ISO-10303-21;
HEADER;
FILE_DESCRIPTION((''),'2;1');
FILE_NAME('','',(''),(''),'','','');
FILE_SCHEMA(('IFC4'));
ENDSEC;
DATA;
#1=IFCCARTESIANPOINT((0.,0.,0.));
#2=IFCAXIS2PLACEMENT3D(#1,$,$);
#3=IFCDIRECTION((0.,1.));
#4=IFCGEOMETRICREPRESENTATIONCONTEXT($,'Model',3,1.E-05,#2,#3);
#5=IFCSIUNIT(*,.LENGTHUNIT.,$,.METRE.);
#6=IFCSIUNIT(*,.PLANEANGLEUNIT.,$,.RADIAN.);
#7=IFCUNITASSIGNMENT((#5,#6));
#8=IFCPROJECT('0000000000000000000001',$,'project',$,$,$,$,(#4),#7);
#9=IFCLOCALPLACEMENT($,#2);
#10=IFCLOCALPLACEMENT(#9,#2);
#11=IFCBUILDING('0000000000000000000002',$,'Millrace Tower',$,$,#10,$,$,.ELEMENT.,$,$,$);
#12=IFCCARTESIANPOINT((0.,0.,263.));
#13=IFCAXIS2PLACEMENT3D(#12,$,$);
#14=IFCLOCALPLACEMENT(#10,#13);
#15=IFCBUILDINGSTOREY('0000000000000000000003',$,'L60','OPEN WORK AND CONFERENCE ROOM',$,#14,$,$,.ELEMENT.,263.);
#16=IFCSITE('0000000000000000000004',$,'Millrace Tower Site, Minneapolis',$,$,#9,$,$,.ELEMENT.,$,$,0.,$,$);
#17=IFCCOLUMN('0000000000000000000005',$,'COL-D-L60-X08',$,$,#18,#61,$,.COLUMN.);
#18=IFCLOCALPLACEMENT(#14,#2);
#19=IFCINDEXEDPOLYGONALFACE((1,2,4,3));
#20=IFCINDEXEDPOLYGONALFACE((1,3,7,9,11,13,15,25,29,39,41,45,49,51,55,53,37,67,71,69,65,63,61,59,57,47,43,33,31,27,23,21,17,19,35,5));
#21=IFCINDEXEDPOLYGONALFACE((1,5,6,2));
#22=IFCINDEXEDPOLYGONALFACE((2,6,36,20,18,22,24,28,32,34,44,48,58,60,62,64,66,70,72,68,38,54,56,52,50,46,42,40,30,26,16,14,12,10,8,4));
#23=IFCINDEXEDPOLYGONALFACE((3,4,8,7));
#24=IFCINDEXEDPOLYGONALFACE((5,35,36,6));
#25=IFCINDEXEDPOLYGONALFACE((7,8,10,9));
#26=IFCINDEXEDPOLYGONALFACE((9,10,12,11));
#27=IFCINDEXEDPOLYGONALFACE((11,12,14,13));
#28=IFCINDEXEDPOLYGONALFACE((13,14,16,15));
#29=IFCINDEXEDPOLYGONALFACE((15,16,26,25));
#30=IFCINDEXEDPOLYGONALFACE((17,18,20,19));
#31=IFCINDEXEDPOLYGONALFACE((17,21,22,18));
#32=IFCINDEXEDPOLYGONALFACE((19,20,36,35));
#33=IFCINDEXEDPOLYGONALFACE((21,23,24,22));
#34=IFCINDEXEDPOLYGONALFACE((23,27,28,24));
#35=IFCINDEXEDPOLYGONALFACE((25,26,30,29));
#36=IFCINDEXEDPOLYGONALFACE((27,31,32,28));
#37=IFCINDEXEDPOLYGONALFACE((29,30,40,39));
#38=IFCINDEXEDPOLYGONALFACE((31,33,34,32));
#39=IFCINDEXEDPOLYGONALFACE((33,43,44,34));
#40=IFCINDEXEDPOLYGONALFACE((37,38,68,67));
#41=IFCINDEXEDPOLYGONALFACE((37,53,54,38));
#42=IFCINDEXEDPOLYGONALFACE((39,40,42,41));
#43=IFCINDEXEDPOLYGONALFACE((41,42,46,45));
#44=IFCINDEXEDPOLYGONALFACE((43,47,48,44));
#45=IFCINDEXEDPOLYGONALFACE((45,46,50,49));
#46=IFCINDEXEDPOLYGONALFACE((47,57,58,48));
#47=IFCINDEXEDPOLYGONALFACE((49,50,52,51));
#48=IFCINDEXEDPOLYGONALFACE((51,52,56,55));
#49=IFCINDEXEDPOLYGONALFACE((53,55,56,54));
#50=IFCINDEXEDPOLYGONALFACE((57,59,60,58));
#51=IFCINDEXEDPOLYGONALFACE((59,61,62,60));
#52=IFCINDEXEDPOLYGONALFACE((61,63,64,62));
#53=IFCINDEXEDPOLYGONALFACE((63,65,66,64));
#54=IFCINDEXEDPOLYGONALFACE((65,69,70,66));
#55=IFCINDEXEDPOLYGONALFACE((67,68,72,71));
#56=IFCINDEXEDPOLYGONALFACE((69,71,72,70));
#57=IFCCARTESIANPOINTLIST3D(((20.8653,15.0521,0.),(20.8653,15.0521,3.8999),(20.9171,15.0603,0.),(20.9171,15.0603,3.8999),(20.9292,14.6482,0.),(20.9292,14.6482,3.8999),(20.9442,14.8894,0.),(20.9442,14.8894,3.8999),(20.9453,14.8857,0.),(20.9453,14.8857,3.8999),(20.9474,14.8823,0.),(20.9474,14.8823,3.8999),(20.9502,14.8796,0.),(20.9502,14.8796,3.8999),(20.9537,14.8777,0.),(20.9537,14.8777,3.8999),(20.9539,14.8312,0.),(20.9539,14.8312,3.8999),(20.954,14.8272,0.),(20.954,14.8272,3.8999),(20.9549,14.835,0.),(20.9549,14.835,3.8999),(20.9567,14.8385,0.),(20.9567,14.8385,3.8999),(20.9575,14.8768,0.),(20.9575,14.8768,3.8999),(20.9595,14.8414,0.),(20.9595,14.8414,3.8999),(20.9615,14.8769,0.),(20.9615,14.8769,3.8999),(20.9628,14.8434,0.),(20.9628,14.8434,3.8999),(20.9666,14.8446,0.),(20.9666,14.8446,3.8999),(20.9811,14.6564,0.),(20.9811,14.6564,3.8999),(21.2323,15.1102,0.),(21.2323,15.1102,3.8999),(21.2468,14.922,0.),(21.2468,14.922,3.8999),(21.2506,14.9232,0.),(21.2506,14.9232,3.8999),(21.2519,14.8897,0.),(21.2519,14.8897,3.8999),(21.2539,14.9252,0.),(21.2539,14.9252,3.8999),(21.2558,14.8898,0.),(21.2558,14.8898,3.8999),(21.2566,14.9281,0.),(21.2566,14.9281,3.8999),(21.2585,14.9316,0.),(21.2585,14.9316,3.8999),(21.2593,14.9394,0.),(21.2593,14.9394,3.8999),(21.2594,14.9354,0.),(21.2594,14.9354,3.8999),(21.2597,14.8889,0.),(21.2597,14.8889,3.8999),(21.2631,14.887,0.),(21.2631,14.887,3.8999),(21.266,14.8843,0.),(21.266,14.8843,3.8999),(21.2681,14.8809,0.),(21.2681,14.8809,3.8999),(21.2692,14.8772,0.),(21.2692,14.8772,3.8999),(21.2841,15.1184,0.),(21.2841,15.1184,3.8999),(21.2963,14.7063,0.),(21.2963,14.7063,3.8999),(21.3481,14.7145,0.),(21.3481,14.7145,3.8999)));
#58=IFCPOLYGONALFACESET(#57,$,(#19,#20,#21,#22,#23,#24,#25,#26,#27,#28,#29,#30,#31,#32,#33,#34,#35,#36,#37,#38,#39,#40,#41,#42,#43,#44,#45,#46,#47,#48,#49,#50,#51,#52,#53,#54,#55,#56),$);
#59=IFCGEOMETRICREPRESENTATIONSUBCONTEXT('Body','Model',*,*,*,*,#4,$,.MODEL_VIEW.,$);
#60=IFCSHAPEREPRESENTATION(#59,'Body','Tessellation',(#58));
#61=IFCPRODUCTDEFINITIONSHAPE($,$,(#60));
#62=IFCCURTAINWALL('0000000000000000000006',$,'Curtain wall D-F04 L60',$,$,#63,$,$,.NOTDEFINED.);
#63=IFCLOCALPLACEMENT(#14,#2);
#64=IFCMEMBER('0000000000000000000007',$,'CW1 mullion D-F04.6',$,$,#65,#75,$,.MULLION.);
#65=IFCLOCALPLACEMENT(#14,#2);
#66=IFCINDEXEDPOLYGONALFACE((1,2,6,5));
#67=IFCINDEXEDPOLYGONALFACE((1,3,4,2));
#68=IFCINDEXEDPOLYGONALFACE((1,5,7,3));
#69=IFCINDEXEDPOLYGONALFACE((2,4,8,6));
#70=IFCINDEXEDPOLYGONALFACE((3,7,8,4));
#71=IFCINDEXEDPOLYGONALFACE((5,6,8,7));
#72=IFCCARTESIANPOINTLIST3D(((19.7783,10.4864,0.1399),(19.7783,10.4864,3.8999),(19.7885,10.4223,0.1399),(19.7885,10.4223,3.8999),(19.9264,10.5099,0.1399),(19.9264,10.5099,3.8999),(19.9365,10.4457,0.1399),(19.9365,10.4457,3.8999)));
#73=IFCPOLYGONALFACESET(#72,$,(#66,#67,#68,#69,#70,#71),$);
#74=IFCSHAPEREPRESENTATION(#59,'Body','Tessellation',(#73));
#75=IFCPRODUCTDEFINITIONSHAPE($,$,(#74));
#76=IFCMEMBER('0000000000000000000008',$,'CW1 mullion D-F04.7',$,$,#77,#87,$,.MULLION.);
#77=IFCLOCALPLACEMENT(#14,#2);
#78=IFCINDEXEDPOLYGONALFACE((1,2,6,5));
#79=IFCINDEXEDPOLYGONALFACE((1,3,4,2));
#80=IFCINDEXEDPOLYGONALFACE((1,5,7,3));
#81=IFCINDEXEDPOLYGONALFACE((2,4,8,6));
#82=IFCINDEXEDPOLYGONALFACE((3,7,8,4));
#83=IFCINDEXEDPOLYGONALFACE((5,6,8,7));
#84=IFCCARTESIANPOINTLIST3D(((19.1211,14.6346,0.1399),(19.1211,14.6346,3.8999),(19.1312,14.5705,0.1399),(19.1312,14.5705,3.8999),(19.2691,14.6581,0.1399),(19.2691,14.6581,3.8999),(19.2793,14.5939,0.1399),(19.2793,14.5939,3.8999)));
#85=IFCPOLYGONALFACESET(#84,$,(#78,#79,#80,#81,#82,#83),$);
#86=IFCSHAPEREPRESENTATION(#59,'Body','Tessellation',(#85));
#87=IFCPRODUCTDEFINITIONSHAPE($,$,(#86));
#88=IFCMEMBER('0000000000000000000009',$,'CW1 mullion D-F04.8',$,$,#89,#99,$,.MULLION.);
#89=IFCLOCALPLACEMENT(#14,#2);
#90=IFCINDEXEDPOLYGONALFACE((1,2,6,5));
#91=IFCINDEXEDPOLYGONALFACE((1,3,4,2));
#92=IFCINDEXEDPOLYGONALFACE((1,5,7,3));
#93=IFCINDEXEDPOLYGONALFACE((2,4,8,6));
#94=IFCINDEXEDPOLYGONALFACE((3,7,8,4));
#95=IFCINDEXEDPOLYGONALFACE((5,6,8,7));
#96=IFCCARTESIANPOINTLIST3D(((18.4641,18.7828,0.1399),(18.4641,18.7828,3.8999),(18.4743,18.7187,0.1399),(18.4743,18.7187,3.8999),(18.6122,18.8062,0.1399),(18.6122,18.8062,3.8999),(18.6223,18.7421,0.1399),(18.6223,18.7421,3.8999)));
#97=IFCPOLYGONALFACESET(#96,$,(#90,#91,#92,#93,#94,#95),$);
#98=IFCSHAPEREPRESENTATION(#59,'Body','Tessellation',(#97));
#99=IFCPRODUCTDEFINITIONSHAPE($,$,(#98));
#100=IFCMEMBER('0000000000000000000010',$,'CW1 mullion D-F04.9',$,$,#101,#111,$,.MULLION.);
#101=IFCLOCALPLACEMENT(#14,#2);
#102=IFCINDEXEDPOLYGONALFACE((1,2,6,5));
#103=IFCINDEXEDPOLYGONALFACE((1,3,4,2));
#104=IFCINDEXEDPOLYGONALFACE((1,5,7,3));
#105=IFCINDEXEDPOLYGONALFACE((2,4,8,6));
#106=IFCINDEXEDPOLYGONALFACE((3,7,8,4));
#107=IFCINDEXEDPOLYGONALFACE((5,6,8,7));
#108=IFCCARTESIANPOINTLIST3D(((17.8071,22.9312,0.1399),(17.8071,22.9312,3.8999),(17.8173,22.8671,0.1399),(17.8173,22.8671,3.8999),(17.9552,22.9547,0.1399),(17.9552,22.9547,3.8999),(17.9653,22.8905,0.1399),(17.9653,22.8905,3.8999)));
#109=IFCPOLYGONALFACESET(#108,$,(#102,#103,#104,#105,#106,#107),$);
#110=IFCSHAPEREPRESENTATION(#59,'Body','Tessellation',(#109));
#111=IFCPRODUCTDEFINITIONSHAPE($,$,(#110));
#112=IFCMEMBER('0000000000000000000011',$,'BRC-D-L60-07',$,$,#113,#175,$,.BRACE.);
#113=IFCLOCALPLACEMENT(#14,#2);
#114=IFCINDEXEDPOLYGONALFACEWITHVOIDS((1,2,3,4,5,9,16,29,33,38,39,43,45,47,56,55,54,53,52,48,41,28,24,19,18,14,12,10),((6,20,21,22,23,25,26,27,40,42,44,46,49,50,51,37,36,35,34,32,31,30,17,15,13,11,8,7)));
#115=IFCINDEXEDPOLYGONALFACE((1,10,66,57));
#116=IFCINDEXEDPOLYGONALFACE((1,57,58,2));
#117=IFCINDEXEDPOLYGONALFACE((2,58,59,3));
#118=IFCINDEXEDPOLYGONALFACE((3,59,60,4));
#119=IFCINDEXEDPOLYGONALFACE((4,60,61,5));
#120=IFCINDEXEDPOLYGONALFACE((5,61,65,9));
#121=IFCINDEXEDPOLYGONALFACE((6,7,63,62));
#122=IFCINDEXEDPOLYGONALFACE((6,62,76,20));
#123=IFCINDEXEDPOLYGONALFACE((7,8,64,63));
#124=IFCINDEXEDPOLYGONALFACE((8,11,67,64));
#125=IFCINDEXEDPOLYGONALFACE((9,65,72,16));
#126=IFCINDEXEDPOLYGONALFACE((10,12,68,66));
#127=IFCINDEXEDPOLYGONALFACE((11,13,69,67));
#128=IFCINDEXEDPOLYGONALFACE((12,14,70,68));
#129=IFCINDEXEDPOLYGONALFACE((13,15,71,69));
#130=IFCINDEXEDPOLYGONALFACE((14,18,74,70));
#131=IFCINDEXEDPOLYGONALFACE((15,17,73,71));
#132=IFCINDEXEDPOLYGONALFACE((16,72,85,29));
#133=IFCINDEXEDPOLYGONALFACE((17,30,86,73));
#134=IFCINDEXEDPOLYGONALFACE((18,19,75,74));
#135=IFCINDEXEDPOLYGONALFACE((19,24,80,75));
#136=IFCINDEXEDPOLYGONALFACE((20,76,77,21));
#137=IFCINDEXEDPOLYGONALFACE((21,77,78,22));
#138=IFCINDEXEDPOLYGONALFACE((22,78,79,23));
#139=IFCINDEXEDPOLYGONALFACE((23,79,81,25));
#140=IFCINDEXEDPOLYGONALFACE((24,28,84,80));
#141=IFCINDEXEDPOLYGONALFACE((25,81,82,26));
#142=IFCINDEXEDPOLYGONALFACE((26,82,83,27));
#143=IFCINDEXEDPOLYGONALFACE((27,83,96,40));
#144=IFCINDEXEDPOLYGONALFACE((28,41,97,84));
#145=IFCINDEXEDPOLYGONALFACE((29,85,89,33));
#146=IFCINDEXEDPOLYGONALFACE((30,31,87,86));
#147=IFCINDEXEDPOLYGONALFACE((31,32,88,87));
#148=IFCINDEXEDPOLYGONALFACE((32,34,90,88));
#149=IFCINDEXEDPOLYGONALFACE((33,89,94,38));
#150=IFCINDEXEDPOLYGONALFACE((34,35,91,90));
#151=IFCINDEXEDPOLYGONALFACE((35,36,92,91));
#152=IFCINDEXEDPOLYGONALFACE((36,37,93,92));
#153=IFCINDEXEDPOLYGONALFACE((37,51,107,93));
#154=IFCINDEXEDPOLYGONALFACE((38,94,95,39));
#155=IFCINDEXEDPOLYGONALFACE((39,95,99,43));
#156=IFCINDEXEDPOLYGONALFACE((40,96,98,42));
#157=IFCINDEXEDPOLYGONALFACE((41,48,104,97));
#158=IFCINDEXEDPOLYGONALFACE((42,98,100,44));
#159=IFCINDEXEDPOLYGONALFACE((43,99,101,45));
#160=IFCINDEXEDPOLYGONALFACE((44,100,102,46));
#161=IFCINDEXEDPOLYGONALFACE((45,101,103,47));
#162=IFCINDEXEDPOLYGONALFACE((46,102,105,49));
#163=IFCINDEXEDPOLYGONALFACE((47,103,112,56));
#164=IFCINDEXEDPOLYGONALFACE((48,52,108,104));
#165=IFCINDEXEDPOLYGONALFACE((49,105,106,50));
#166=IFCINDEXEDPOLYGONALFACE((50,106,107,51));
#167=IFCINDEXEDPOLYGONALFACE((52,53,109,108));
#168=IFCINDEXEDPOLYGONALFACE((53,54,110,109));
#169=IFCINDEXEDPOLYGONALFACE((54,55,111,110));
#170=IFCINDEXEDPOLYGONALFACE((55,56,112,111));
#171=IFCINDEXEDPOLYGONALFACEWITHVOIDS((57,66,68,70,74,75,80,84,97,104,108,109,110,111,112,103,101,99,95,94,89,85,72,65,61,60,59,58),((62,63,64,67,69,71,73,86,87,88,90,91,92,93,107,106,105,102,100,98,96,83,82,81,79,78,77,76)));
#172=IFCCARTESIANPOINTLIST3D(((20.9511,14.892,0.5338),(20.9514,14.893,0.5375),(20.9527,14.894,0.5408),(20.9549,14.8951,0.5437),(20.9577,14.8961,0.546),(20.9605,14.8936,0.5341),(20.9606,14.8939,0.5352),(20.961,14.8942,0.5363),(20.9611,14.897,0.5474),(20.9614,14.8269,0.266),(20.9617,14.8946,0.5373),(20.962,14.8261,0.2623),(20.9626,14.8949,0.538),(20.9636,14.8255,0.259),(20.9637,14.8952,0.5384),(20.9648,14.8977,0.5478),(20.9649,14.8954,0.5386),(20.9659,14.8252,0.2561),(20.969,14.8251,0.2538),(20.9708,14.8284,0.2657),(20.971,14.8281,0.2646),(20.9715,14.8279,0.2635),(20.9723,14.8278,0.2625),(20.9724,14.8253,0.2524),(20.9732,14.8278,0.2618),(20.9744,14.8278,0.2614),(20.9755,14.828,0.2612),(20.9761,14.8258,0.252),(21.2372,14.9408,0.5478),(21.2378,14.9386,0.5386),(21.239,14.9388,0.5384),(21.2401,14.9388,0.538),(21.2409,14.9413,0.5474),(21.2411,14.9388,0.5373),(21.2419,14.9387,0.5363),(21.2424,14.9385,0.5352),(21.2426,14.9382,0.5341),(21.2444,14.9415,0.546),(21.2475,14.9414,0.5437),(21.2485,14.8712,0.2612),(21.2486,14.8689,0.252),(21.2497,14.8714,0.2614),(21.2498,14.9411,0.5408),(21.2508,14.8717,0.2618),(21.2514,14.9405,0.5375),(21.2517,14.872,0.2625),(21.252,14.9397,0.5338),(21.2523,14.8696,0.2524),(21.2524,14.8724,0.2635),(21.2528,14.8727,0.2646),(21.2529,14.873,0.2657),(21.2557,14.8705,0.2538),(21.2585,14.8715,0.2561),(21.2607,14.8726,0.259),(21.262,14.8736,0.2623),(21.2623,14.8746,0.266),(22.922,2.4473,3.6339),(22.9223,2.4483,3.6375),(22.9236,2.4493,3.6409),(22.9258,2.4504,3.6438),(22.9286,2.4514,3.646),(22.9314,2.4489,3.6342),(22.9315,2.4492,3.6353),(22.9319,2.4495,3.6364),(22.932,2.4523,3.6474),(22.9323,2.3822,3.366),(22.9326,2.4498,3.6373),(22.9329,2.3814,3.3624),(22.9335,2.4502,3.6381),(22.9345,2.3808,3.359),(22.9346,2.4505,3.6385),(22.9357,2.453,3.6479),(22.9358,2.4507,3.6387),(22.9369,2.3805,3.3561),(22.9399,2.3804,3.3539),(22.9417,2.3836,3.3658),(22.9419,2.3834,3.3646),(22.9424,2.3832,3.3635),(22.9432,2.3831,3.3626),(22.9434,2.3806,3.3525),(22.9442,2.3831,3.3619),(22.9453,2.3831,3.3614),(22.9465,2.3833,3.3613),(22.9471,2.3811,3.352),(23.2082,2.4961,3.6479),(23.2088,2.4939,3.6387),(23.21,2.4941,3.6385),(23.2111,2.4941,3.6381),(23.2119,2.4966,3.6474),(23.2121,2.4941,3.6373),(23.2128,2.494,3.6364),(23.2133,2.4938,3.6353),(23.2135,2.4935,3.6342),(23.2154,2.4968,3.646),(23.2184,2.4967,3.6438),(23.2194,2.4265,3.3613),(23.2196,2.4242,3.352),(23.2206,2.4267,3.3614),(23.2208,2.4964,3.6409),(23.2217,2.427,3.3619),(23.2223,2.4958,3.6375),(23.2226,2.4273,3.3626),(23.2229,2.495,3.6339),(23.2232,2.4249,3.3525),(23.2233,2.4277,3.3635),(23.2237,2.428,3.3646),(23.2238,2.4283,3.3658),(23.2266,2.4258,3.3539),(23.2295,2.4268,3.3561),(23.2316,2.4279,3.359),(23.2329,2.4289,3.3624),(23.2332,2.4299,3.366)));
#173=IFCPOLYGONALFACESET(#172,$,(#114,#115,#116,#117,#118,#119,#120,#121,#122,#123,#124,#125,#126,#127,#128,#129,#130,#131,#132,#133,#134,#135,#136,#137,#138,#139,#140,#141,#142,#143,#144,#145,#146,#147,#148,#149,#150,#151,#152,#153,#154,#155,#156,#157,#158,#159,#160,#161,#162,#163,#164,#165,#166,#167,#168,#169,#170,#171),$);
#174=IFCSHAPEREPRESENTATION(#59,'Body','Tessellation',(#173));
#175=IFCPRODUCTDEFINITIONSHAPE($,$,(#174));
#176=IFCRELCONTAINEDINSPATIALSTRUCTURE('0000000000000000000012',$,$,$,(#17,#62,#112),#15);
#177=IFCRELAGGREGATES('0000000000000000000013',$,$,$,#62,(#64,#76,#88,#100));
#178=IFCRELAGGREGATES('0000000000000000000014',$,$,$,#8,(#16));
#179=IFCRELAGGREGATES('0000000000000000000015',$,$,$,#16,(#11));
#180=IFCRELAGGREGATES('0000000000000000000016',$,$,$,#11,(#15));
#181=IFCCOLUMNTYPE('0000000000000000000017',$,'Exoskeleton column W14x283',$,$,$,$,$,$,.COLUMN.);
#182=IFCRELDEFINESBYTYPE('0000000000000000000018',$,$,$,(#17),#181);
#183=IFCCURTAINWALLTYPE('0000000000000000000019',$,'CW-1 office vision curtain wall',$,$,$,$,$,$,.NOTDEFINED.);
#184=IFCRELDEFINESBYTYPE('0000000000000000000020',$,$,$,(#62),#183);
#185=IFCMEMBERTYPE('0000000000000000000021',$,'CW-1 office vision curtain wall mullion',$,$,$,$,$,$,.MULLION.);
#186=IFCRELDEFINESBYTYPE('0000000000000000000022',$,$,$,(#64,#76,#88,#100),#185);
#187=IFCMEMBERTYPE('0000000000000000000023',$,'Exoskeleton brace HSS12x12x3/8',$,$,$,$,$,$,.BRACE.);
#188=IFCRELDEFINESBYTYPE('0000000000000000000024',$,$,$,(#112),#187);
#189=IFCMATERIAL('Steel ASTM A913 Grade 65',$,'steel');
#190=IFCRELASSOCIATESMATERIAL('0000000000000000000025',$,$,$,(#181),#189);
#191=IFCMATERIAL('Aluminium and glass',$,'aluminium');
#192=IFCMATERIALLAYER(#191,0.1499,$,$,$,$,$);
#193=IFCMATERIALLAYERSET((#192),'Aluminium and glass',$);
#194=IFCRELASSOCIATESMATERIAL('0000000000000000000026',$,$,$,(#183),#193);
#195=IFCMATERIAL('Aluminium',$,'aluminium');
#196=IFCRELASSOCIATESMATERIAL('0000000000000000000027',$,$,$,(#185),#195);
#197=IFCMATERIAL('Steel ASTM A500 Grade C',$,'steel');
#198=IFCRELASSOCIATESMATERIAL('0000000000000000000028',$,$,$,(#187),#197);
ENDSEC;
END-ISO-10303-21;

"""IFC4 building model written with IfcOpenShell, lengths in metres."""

from ifc_helpers import new_model, si_unit, direction, frame, origin, origin_2d, place, context, subcontext, project, spatial, rectangle, hollow_rectangle, i_section, extrude, material, layer, layer_set, material_profile, profile_set, type_object, element, aggregate, save


model = new_model("IFC4")

# Units and contexts
model_context = context("Model", 3, precision=1e-05, world=origin(), true_north=direction((0.0, 1.0)))
body_context = subcontext(model_context, "Body", "Model", "MODEL_VIEW")
ifc_project = project(units=[si_unit("LENGTHUNIT", "METRE"), si_unit("PLANEANGLEUNIT", "RADIAN")], contexts=[model_context])

# Site, building, storey
site_placement = place(None, origin())
site = spatial("IfcSite", under=ifc_project, at=site_placement, Name="Millrace Tower Site, Minneapolis", CompositionType="ELEMENT", RefElevation=0.0)
building_placement = place(site_placement, origin())
building = spatial("IfcBuilding", under=site, at=building_placement, Name="Millrace Tower", CompositionType="ELEMENT")
storey_placement = place(building_placement, frame((0.0, 0.0, 263.0)))
storey = spatial("IfcBuildingStorey", under=building, at=storey_placement, Name="L60", Description="OPEN WORK AND CONFERENCE ROOM", CompositionType="ELEMENT", Elevation=263.0)

# Column
ifc_material_1 = material(Name="Steel ASTM A913 Grade 65", Category="steel")
ifc_material_profile_1 = material_profile(ifc_material_1, i_section(OverallWidth=0.4089, OverallDepth=0.4241, WebThickness=0.0327, FlangeThickness=0.0525, FilletRadius=0.0151, at=origin_2d()))
ifc_profile_set_1 = profile_set([ifc_material_profile_1], Name="Steel ASTM A913 Grade 65")
column_type = type_object("IfcColumnType", Name="Exoskeleton column W14x283", PredefinedType="COLUMN", material=ifc_profile_set_1)
column_placement = place(storey_placement, frame((21.1067, 14.8833, 0.0), z_axis=(0.0, 0.0, 1.0), x_axis=(-0.156434, 0.987688, 0.0)))
element("IfcColumn", 1, at=column_placement, inside=storey, type_object=column_type, Name="COL-D-L60-X08", PredefinedType="COLUMN", context=body_context, shape_type="SweptSolid", body=[
    extrude(i_section(OverallWidth=0.4089, OverallDepth=0.4241, WebThickness=0.0327, FlangeThickness=0.0525, FilletRadius=0.0151, at=origin_2d()), origin(), (0.0, 0.0, 1.0), 3.8999),
])

# Curtain wall, members
ifc_material_2 = material(Name="Aluminium and glass", Category="aluminium")
ifc_layer_1 = layer(ifc_material_2, 0.1499)
ifc_layer_set_1 = layer_set([ifc_layer_1], Name="Aluminium and glass")
curtain_wall_type = type_object("IfcCurtainWallType", Name="CW-1 office vision curtain wall", PredefinedType="NOTDEFINED", material=ifc_layer_set_1)
curtain_wall_placement = place(storey_placement, origin())
curtain_wall = element("IfcCurtainWall", 2, at=curtain_wall_placement, inside=storey, type_object=curtain_wall_type, Name="Curtain wall D-F04 L60", PredefinedType="NOTDEFINED")
ifc_material_3 = material(Name="Aluminium", Category="aluminium")
ifc_material_profile_2 = material_profile(ifc_material_3, rectangle(XDim=0.0649, YDim=0.1499, at=origin_2d()))
ifc_profile_set_2 = profile_set([ifc_material_profile_2], Name="Aluminium")
member_type_1 = type_object("IfcMemberType", Name="CW-1 office vision curtain wall mullion", PredefinedType="MULLION", material=ifc_profile_set_2)
member_1_placement = place(storey_placement, frame((19.8574, 10.4661, 0.1399), z_axis=(0.0, 0.0, 1.0), x_axis=(-0.156434, 0.987688, 0.0)))
member_1 = element("IfcMember", 3, at=member_1_placement, type_object=member_type_1, Name="CW1 mullion D-F04.6", PredefinedType="MULLION", context=body_context, shape_type="SweptSolid", body=[
    extrude(rectangle(XDim=0.0649, YDim=0.1499, at=origin_2d()), origin(), (0.0, 0.0, 1.0), 3.76),
])
member_2_placement = place(storey_placement, frame((19.2002, 14.6143, 0.1399), z_axis=(0.0, 0.0, 1.0), x_axis=(-0.156434, 0.987688, 0.0)))
member_2 = element("IfcMember", 4, at=member_2_placement, type_object=member_type_1, Name="CW1 mullion D-F04.7", PredefinedType="MULLION", context=body_context, shape_type="SweptSolid", body=[
    extrude(rectangle(XDim=0.0649, YDim=0.1499, at=origin_2d()), origin(), (0.0, 0.0, 1.0), 3.76),
])
member_3_placement = place(storey_placement, frame((18.5432, 18.7625, 0.1399), z_axis=(0.0, 0.0, 1.0), x_axis=(-0.156434, 0.987688, 0.0)))
member_3 = element("IfcMember", 5, at=member_3_placement, type_object=member_type_1, Name="CW1 mullion D-F04.8", PredefinedType="MULLION", context=body_context, shape_type="SweptSolid", body=[
    extrude(rectangle(XDim=0.0649, YDim=0.1499, at=origin_2d()), origin(), (0.0, 0.0, 1.0), 3.76),
])
member_4_placement = place(storey_placement, frame((17.8862, 22.9109, 0.1399), z_axis=(0.0, 0.0, 1.0), x_axis=(-0.156434, 0.987688, 0.0)))
member_4 = element("IfcMember", 6, at=member_4_placement, type_object=member_type_1, Name="CW1 mullion D-F04.9", PredefinedType="MULLION", context=body_context, shape_type="SweptSolid", body=[
    extrude(rectangle(XDim=0.0649, YDim=0.1499, at=origin_2d()), origin(), (0.0, 0.0, 1.0), 3.76),
])
aggregate(curtain_wall, [member_1, member_2, member_3, member_4])

# Member
ifc_material_4 = material(Name="Steel ASTM A500 Grade C", Category="steel")
ifc_material_profile_3 = material_profile(ifc_material_4, hollow_rectangle(XDim=0.3047, YDim=0.3047, WallThickness=0.0095, InnerFilletRadius=0.0046, OuterFilletRadius=0.0144, at=origin_2d()))
ifc_profile_set_3 = profile_set([ifc_material_profile_3], Name="Steel ASTM A500 Grade C")
member_type_2 = type_object("IfcMemberType", Name="Exoskeleton brace HSS12x12x3/8", PredefinedType="BRACE", material=ifc_profile_set_3)
member_5_placement = place(storey_placement, frame((21.1067, 14.8833, 0.3999), z_axis=(0.151895, -0.959087, 0.238916), x_axis=(0.98769, 0.156425, 0.0)))
element("IfcMember", 7, at=member_5_placement, inside=storey, type_object=member_type_2, Name="BRC-D-L60-07", PredefinedType="BRACE", context=body_context, shape_type="SweptSolid", body=[
    extrude(hollow_rectangle(XDim=0.3047, YDim=0.3047, WallThickness=0.0095, InnerFilletRadius=0.0046, OuterFilletRadius=0.0144, at=origin_2d()), origin(), (0.0, 0.0, 1.0), 12.9756),
])

save(model, "model.ifc")
